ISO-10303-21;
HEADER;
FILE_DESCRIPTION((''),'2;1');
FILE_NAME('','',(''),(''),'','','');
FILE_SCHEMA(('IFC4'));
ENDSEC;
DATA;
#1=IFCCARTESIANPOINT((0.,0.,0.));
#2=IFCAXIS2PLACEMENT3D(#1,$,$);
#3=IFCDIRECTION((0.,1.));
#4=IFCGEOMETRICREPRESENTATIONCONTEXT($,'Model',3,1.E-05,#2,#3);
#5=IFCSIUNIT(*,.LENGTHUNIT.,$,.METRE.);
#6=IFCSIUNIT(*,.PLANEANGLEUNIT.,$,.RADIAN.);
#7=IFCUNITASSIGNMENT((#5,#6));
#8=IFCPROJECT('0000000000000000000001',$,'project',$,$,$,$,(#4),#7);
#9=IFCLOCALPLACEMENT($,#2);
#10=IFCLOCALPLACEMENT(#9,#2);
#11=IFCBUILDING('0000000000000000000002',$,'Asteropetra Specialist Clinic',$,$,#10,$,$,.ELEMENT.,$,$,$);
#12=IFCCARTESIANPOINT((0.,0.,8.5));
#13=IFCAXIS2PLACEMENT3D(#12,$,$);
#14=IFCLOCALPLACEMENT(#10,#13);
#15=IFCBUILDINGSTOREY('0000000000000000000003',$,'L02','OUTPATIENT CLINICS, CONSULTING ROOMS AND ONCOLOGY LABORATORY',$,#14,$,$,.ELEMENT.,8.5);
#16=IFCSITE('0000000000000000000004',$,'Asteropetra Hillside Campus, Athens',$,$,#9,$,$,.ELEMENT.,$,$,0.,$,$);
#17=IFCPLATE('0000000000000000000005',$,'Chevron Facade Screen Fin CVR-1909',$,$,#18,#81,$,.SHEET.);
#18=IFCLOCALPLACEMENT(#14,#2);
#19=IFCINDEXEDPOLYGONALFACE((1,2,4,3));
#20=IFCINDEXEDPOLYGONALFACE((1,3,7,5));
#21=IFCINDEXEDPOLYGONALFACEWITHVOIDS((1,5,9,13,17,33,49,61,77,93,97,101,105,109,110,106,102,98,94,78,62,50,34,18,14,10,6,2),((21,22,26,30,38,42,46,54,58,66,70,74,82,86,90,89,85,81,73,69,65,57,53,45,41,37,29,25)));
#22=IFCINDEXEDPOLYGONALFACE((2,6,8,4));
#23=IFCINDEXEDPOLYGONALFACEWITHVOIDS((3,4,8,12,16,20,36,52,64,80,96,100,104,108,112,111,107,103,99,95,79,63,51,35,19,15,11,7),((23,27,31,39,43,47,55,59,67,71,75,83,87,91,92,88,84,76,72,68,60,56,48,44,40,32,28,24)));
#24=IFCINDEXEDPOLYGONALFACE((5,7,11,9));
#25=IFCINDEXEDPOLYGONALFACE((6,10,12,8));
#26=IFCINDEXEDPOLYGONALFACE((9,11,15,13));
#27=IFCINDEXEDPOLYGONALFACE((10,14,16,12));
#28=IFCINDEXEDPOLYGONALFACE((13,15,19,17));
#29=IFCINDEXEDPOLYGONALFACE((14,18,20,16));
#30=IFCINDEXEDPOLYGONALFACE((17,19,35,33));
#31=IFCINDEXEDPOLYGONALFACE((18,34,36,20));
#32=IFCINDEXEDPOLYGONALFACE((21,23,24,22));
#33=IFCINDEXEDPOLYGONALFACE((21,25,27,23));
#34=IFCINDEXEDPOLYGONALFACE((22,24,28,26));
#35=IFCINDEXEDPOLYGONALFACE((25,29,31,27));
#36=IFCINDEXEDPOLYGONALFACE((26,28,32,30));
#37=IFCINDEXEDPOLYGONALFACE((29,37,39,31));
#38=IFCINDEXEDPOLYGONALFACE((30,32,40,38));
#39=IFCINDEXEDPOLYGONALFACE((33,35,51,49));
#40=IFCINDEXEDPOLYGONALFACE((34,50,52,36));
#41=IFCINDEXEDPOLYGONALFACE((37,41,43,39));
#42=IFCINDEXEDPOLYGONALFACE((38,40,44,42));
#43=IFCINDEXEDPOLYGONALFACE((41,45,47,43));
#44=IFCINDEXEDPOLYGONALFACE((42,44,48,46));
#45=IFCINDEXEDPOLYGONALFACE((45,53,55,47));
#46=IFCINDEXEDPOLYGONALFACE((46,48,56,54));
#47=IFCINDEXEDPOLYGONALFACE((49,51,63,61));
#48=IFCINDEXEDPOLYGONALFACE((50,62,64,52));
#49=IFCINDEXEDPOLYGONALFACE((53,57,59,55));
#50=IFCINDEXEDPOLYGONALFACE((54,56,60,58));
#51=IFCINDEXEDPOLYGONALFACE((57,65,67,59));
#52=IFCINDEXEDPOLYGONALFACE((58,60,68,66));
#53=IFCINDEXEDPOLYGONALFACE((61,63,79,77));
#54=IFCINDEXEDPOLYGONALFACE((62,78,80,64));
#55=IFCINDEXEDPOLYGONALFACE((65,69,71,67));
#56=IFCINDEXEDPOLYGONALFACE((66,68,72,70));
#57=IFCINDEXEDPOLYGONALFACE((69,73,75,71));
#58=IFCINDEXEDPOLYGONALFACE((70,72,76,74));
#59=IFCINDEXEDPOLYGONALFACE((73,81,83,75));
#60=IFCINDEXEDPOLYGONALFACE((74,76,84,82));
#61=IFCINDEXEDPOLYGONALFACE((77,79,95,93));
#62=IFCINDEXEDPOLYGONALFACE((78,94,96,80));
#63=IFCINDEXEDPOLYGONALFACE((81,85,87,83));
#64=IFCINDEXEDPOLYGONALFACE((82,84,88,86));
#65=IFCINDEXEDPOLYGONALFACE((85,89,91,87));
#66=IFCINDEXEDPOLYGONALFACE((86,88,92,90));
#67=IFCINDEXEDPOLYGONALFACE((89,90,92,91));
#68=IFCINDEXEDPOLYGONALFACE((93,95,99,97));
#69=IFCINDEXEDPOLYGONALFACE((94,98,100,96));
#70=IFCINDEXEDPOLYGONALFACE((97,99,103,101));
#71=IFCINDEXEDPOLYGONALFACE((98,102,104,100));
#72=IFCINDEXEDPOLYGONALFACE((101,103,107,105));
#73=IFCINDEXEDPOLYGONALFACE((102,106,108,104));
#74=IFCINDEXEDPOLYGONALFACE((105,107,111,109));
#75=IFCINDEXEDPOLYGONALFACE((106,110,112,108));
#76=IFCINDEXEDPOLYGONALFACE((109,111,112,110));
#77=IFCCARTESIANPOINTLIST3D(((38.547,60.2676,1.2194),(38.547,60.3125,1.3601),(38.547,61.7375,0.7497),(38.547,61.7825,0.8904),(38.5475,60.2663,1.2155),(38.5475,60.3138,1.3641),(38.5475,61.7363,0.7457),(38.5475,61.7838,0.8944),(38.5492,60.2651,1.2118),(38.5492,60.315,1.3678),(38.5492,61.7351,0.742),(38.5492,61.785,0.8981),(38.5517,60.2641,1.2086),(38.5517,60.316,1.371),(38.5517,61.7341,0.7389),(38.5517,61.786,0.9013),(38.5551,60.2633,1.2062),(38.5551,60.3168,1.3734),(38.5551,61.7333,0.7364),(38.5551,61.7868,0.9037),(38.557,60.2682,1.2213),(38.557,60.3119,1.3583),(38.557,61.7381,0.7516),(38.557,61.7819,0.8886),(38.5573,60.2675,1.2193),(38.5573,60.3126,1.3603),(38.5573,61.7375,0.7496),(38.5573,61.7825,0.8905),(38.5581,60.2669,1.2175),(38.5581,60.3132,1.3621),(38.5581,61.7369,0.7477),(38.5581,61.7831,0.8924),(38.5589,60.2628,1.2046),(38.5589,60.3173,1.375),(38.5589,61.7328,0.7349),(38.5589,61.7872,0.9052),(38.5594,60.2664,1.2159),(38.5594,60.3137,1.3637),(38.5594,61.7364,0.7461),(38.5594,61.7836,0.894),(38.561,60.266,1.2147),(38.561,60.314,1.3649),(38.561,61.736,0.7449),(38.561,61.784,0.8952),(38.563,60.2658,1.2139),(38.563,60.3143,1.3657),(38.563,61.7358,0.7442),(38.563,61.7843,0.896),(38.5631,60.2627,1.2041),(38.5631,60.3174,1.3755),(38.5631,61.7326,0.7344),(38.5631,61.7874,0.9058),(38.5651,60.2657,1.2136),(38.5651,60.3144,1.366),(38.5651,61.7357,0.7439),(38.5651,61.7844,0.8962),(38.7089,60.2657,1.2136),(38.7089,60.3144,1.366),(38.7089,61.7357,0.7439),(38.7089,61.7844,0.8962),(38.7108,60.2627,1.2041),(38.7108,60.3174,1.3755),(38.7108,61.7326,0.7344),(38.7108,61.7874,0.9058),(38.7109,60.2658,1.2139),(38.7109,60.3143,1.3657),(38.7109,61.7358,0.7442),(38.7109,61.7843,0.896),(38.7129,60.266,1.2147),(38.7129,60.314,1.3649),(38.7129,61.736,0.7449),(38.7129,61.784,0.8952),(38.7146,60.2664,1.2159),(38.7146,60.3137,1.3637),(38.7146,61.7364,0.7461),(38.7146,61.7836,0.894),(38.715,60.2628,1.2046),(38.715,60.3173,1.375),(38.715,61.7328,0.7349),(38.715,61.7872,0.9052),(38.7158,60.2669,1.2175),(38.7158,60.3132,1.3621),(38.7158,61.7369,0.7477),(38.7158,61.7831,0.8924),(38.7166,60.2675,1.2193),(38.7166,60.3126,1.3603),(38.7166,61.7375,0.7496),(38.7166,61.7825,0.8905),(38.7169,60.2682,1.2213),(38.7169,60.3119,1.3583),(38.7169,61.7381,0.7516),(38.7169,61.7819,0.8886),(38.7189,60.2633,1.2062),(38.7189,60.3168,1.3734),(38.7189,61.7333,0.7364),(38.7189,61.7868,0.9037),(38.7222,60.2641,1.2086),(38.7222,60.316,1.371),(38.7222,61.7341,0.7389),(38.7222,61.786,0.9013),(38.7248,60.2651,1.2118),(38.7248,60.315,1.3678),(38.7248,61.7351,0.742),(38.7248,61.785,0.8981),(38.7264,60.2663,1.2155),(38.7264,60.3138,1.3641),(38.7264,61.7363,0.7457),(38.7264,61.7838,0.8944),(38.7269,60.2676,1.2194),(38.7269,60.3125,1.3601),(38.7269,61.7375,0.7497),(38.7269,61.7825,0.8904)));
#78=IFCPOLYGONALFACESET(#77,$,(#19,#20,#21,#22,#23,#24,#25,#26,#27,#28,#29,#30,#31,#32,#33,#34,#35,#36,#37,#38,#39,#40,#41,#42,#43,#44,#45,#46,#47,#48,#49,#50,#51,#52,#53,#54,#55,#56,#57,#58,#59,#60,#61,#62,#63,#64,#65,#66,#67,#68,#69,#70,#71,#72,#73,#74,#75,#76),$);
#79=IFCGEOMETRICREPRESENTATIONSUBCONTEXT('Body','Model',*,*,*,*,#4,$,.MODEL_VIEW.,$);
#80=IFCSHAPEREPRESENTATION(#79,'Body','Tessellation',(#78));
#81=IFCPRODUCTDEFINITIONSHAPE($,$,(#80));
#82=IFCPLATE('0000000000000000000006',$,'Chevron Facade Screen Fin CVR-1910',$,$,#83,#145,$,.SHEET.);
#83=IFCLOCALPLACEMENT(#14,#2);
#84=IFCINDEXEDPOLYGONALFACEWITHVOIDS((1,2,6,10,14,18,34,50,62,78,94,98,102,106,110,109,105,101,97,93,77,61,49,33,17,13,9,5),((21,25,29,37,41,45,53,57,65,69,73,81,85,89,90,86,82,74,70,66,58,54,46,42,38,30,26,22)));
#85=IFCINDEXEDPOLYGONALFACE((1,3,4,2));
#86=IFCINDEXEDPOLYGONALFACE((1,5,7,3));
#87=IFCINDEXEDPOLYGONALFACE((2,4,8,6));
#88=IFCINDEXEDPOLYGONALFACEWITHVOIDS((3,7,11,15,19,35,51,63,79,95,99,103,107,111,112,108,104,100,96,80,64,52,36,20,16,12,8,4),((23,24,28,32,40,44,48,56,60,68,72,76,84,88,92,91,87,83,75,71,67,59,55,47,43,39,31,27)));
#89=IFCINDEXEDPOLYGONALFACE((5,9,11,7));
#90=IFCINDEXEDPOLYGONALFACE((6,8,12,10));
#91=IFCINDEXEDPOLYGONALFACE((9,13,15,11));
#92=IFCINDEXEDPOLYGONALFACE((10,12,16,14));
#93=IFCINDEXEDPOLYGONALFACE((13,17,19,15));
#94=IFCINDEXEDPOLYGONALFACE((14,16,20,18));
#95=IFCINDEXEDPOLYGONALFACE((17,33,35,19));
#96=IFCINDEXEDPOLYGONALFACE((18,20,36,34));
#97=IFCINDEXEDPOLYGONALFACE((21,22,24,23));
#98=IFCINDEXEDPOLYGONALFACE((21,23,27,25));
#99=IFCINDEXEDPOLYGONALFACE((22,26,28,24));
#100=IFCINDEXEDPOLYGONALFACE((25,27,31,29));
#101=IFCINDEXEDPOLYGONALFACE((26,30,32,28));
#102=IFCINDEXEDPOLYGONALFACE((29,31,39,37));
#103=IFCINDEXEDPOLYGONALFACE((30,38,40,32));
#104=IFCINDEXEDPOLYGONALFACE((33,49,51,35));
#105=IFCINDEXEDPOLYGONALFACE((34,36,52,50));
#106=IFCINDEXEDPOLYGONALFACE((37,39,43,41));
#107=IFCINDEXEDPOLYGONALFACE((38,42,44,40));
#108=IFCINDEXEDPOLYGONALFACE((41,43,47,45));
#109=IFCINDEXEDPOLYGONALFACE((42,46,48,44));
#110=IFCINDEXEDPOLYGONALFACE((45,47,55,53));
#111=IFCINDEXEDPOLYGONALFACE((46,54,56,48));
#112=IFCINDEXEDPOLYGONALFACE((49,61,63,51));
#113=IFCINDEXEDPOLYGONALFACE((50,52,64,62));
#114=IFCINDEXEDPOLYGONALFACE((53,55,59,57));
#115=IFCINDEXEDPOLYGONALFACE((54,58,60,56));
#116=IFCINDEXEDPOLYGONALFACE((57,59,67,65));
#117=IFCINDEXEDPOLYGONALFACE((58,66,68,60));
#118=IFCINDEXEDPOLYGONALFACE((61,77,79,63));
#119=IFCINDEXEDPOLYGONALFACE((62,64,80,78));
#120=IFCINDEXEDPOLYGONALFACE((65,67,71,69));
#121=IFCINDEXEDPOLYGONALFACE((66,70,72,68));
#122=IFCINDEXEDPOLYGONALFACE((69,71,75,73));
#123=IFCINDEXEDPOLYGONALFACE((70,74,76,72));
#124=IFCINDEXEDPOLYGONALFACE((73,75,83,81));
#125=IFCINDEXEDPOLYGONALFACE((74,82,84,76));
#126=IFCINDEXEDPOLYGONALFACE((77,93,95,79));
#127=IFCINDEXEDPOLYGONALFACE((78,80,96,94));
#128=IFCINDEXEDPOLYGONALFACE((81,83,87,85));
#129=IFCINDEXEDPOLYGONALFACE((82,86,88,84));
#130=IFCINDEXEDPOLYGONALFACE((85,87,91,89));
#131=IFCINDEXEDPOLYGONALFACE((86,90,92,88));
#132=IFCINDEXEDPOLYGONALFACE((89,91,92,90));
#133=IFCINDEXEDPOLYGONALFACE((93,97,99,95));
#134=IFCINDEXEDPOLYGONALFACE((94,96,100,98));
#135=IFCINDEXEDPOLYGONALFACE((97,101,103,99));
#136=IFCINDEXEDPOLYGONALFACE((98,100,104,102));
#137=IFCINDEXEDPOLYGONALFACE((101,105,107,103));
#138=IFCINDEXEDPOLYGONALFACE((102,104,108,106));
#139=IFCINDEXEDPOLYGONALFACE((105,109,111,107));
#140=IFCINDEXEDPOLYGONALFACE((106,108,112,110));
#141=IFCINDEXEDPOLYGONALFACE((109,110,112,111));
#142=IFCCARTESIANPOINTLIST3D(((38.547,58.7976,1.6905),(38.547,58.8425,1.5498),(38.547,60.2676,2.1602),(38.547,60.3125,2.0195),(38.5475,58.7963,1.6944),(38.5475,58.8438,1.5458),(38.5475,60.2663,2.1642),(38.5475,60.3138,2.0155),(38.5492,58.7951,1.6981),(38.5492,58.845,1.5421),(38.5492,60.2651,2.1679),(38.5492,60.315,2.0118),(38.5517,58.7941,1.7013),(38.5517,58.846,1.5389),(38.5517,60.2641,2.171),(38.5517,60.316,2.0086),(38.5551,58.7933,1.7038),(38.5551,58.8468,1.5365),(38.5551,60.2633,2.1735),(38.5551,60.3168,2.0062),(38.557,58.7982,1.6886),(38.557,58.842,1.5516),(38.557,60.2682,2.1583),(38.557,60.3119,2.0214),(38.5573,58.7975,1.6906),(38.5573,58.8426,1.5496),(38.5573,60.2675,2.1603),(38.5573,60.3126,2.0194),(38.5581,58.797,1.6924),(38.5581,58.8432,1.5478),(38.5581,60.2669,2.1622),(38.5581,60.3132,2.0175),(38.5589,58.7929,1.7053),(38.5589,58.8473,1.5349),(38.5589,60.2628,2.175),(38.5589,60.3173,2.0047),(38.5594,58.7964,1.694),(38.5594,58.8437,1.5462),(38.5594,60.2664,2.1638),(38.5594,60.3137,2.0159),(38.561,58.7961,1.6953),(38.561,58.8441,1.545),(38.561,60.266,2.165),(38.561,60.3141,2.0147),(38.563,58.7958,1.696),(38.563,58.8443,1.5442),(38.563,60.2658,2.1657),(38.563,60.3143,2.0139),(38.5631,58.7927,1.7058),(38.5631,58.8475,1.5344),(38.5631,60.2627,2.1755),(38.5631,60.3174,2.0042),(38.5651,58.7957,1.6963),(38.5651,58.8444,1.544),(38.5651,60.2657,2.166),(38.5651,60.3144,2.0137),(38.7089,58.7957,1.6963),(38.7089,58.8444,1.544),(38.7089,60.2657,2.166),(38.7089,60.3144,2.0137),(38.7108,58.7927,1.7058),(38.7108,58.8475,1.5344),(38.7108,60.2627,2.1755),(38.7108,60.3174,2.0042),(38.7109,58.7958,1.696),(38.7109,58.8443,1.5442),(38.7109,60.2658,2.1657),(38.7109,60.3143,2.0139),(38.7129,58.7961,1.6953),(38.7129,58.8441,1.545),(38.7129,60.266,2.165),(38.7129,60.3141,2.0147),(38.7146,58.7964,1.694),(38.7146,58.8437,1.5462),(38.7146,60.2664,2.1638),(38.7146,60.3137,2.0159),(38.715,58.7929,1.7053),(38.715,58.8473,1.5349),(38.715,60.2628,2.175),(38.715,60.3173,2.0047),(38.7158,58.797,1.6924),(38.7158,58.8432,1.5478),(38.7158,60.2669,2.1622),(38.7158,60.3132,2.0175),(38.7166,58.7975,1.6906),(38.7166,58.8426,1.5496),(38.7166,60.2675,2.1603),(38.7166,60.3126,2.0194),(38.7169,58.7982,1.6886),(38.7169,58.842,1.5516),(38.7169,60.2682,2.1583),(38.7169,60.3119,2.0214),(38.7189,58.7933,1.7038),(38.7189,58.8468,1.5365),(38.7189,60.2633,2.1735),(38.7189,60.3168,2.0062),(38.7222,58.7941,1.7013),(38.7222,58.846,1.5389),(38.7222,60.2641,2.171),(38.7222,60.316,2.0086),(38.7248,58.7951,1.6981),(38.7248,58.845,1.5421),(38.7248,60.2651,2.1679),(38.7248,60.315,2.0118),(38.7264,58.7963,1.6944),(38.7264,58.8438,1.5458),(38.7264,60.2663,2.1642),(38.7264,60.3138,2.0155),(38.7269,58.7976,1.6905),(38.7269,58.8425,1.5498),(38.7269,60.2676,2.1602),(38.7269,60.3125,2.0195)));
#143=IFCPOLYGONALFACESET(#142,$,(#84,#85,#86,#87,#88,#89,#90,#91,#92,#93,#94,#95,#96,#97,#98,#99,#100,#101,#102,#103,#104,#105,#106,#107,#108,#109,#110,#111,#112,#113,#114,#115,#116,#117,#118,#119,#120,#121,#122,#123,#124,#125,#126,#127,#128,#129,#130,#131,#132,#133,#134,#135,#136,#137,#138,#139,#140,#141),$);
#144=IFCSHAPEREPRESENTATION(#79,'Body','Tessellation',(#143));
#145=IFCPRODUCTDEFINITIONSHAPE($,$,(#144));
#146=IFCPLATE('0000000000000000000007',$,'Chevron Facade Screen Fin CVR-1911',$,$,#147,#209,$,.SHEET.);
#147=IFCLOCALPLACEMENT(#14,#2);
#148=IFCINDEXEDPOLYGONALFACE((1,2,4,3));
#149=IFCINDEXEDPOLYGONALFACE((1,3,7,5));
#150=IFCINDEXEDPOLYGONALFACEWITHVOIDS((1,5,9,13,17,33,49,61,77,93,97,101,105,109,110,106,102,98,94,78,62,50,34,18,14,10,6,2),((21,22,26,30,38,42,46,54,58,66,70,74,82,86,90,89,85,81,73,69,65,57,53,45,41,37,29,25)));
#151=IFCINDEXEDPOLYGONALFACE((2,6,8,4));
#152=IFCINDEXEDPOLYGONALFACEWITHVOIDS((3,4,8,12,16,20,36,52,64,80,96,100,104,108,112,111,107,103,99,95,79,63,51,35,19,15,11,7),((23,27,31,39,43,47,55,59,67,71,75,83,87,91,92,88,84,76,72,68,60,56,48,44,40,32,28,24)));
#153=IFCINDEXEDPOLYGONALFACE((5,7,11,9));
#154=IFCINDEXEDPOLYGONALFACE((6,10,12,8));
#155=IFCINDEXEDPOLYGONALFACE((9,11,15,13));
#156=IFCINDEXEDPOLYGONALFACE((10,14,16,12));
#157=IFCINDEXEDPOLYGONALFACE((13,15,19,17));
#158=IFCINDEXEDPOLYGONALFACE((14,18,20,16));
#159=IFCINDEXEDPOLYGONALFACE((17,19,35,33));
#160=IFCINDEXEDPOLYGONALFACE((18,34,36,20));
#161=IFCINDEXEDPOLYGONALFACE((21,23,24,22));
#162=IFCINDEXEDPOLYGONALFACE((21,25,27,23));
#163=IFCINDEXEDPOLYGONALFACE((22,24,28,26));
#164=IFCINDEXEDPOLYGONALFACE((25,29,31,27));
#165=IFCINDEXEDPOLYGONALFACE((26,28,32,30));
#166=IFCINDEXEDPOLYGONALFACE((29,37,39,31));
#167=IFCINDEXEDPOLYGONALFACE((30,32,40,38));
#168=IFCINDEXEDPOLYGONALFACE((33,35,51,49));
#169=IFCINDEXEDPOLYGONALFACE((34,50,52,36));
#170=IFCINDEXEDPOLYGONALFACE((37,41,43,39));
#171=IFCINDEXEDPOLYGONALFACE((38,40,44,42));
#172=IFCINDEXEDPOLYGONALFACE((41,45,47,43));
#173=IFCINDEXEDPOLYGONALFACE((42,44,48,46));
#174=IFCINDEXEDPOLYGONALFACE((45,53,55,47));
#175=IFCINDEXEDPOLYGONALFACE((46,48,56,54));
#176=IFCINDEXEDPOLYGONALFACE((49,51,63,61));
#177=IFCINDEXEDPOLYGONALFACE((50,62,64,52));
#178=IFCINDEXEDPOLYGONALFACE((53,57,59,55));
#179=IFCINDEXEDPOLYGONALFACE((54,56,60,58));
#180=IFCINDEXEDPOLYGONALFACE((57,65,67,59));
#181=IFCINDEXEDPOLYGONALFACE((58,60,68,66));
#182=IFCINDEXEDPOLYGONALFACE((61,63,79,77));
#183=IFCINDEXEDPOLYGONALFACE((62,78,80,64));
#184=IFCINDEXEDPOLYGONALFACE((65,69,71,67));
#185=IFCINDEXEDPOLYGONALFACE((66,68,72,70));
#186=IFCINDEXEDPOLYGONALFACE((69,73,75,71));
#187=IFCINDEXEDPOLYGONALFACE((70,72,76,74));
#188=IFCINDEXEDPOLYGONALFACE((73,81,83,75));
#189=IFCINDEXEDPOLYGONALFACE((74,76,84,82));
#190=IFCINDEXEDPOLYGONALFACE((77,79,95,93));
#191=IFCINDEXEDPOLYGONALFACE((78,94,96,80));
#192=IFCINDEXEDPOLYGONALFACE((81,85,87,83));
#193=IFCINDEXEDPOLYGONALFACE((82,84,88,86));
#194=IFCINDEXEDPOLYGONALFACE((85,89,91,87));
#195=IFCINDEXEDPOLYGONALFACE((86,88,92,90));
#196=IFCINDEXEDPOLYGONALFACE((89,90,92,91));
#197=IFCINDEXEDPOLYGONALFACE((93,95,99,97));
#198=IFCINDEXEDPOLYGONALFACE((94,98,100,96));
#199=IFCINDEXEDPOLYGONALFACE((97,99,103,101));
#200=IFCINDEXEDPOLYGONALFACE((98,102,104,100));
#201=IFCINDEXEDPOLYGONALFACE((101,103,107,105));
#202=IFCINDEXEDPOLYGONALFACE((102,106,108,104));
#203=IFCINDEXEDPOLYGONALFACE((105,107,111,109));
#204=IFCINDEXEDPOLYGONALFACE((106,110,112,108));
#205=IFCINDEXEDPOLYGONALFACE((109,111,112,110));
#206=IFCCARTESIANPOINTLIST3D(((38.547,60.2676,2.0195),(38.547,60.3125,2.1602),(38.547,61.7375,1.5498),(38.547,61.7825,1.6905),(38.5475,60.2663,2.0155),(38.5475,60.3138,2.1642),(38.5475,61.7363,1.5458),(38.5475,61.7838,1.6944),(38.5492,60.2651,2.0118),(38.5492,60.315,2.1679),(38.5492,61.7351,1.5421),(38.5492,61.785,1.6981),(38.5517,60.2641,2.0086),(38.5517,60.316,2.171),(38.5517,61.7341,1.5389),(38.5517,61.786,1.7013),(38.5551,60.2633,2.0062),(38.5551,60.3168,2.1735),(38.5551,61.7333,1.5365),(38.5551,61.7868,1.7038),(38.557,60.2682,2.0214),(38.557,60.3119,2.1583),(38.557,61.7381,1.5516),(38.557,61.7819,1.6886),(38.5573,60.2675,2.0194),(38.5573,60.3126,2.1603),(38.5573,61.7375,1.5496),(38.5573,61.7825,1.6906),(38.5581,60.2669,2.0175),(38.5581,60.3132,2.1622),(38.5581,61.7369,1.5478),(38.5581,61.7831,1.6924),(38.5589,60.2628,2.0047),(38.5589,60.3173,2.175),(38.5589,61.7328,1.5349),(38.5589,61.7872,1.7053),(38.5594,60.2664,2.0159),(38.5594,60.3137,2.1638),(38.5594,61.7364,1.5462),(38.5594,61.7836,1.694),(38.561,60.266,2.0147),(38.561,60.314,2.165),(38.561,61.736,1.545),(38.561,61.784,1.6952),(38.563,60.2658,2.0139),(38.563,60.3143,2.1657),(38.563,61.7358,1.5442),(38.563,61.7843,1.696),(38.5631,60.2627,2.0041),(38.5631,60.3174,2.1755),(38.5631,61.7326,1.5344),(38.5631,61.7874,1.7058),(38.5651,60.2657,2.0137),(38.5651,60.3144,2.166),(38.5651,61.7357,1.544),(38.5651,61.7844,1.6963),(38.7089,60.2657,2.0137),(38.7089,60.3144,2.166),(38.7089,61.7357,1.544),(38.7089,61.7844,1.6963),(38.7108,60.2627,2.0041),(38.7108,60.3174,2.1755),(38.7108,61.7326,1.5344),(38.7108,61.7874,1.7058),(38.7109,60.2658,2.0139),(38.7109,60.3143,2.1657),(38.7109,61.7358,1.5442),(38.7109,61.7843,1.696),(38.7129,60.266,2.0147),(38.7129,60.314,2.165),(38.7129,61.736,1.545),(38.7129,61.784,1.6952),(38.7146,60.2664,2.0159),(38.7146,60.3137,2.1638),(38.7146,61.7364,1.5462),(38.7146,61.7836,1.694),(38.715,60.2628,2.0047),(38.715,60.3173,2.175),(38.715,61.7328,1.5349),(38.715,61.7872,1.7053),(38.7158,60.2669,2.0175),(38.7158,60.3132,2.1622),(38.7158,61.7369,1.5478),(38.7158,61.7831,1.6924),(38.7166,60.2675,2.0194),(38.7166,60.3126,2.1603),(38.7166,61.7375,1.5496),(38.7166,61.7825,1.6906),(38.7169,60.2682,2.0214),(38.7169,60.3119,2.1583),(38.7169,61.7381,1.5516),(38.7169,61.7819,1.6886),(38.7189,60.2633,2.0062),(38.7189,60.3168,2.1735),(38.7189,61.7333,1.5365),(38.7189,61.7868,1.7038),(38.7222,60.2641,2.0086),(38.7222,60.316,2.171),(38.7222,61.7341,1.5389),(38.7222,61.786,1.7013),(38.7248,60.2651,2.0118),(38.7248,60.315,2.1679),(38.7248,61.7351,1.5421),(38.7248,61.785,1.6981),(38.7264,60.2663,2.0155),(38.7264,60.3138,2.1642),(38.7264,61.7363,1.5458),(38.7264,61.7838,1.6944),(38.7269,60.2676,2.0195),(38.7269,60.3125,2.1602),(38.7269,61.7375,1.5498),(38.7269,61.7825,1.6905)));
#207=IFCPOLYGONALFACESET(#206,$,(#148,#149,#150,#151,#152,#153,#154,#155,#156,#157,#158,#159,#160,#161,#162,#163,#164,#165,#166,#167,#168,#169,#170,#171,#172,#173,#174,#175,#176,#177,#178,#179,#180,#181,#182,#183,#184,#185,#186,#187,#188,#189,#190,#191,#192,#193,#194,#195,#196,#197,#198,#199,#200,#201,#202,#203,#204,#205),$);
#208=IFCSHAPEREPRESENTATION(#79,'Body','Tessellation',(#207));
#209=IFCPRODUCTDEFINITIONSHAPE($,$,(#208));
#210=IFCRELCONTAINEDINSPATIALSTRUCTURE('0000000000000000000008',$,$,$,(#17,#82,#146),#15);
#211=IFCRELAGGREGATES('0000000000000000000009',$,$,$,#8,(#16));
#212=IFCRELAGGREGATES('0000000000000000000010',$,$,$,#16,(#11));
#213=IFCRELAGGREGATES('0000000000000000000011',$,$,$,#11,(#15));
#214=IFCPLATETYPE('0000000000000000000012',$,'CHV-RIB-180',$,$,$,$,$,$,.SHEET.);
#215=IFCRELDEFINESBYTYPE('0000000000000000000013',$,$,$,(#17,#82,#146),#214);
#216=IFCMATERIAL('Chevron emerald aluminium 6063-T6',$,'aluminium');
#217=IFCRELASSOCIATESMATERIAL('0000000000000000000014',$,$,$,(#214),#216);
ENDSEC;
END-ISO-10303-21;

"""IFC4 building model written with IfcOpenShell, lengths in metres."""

from ifc_helpers import new_model, si_unit, direction, frame, origin, origin_2d, place, context, subcontext, project, spatial, hollow_rectangle, extrude, material, material_profile, profile_set, type_object, element, save


model = new_model("IFC4")

# Units and contexts
model_context = context("Model", 3, precision=1e-05, world=origin(), true_north=direction((0.0, 1.0)))
body_context = subcontext(model_context, "Body", "Model", "MODEL_VIEW")
ifc_project = project(units=[si_unit("LENGTHUNIT", "METRE"), si_unit("PLANEANGLEUNIT", "RADIAN")], contexts=[model_context])

# Site, building, storey
site_placement = place(None, origin())
site = spatial("IfcSite", under=ifc_project, at=site_placement, Name="Asteropetra Hillside Campus, Athens", CompositionType="ELEMENT", RefElevation=0.0)
building_placement = place(site_placement, origin())
building = spatial("IfcBuilding", under=site, at=building_placement, Name="Asteropetra Specialist Clinic", CompositionType="ELEMENT")
storey_placement = place(building_placement, frame((0.0, 0.0, 8.5)))
storey = spatial("IfcBuildingStorey", under=building, at=storey_placement, Name="L02", Description="OUTPATIENT CLINICS, CONSULTING ROOMS AND ONCOLOGY LABORATORY", CompositionType="ELEMENT", Elevation=8.5)

# Plates
ifc_material_1 = material(Name="Chevron emerald aluminium 6063-T6", Category="aluminium")
ifc_material_profile_1 = material_profile(ifc_material_1, hollow_rectangle(XDim=0.1799, YDim=0.1799, WallThickness=0.01, InnerFilletRadius=0.0081, OuterFilletRadius=0.0161, at=origin_2d()), Name="SHS 180x180x10.0")
ifc_profile_set_1 = profile_set([ifc_material_profile_1], Name="Chevron emerald aluminium 6063-T6")
plate_type_1 = type_object("IfcPlateType", Name="CHV-RIB-180", PredefinedType="SHEET", material=ifc_profile_set_1)
for number, where, z_axis, x_axis, name in (
    (1, (38.637, 60.29, 1.2898), (0.0, 0.952549, -0.304385), (-1.0, 0.0, 0.0), "Chevron Facade Screen Fin CVR-1909"),
    (2, (38.637, 58.8201, 1.6201), (0.0, 0.952549, 0.304385), (-1.0, 0.0, 0.0), "Chevron Facade Screen Fin CVR-1910"),
    (3, (38.637, 60.29, 2.0898), (0.0, 0.952549, -0.304385), (-1.0, 0.0, 0.0), "Chevron Facade Screen Fin CVR-1911"),
):
    element("IfcPlate", number, at=place(storey_placement, frame(where, z_axis=z_axis, x_axis=x_axis)), inside=storey, type_object=plate_type_1, Name=name, PredefinedType="SHEET", context=body_context, shape_type="SweptSolid", body=[
        extrude(hollow_rectangle(XDim=0.1799, YDim=0.1799, WallThickness=0.01, InnerFilletRadius=0.0081, OuterFilletRadius=0.0161, at=origin_2d()), origin(), (0.0, 0.0, 1.0), 1.5432),
    ])

save(model, "model.ifc")
